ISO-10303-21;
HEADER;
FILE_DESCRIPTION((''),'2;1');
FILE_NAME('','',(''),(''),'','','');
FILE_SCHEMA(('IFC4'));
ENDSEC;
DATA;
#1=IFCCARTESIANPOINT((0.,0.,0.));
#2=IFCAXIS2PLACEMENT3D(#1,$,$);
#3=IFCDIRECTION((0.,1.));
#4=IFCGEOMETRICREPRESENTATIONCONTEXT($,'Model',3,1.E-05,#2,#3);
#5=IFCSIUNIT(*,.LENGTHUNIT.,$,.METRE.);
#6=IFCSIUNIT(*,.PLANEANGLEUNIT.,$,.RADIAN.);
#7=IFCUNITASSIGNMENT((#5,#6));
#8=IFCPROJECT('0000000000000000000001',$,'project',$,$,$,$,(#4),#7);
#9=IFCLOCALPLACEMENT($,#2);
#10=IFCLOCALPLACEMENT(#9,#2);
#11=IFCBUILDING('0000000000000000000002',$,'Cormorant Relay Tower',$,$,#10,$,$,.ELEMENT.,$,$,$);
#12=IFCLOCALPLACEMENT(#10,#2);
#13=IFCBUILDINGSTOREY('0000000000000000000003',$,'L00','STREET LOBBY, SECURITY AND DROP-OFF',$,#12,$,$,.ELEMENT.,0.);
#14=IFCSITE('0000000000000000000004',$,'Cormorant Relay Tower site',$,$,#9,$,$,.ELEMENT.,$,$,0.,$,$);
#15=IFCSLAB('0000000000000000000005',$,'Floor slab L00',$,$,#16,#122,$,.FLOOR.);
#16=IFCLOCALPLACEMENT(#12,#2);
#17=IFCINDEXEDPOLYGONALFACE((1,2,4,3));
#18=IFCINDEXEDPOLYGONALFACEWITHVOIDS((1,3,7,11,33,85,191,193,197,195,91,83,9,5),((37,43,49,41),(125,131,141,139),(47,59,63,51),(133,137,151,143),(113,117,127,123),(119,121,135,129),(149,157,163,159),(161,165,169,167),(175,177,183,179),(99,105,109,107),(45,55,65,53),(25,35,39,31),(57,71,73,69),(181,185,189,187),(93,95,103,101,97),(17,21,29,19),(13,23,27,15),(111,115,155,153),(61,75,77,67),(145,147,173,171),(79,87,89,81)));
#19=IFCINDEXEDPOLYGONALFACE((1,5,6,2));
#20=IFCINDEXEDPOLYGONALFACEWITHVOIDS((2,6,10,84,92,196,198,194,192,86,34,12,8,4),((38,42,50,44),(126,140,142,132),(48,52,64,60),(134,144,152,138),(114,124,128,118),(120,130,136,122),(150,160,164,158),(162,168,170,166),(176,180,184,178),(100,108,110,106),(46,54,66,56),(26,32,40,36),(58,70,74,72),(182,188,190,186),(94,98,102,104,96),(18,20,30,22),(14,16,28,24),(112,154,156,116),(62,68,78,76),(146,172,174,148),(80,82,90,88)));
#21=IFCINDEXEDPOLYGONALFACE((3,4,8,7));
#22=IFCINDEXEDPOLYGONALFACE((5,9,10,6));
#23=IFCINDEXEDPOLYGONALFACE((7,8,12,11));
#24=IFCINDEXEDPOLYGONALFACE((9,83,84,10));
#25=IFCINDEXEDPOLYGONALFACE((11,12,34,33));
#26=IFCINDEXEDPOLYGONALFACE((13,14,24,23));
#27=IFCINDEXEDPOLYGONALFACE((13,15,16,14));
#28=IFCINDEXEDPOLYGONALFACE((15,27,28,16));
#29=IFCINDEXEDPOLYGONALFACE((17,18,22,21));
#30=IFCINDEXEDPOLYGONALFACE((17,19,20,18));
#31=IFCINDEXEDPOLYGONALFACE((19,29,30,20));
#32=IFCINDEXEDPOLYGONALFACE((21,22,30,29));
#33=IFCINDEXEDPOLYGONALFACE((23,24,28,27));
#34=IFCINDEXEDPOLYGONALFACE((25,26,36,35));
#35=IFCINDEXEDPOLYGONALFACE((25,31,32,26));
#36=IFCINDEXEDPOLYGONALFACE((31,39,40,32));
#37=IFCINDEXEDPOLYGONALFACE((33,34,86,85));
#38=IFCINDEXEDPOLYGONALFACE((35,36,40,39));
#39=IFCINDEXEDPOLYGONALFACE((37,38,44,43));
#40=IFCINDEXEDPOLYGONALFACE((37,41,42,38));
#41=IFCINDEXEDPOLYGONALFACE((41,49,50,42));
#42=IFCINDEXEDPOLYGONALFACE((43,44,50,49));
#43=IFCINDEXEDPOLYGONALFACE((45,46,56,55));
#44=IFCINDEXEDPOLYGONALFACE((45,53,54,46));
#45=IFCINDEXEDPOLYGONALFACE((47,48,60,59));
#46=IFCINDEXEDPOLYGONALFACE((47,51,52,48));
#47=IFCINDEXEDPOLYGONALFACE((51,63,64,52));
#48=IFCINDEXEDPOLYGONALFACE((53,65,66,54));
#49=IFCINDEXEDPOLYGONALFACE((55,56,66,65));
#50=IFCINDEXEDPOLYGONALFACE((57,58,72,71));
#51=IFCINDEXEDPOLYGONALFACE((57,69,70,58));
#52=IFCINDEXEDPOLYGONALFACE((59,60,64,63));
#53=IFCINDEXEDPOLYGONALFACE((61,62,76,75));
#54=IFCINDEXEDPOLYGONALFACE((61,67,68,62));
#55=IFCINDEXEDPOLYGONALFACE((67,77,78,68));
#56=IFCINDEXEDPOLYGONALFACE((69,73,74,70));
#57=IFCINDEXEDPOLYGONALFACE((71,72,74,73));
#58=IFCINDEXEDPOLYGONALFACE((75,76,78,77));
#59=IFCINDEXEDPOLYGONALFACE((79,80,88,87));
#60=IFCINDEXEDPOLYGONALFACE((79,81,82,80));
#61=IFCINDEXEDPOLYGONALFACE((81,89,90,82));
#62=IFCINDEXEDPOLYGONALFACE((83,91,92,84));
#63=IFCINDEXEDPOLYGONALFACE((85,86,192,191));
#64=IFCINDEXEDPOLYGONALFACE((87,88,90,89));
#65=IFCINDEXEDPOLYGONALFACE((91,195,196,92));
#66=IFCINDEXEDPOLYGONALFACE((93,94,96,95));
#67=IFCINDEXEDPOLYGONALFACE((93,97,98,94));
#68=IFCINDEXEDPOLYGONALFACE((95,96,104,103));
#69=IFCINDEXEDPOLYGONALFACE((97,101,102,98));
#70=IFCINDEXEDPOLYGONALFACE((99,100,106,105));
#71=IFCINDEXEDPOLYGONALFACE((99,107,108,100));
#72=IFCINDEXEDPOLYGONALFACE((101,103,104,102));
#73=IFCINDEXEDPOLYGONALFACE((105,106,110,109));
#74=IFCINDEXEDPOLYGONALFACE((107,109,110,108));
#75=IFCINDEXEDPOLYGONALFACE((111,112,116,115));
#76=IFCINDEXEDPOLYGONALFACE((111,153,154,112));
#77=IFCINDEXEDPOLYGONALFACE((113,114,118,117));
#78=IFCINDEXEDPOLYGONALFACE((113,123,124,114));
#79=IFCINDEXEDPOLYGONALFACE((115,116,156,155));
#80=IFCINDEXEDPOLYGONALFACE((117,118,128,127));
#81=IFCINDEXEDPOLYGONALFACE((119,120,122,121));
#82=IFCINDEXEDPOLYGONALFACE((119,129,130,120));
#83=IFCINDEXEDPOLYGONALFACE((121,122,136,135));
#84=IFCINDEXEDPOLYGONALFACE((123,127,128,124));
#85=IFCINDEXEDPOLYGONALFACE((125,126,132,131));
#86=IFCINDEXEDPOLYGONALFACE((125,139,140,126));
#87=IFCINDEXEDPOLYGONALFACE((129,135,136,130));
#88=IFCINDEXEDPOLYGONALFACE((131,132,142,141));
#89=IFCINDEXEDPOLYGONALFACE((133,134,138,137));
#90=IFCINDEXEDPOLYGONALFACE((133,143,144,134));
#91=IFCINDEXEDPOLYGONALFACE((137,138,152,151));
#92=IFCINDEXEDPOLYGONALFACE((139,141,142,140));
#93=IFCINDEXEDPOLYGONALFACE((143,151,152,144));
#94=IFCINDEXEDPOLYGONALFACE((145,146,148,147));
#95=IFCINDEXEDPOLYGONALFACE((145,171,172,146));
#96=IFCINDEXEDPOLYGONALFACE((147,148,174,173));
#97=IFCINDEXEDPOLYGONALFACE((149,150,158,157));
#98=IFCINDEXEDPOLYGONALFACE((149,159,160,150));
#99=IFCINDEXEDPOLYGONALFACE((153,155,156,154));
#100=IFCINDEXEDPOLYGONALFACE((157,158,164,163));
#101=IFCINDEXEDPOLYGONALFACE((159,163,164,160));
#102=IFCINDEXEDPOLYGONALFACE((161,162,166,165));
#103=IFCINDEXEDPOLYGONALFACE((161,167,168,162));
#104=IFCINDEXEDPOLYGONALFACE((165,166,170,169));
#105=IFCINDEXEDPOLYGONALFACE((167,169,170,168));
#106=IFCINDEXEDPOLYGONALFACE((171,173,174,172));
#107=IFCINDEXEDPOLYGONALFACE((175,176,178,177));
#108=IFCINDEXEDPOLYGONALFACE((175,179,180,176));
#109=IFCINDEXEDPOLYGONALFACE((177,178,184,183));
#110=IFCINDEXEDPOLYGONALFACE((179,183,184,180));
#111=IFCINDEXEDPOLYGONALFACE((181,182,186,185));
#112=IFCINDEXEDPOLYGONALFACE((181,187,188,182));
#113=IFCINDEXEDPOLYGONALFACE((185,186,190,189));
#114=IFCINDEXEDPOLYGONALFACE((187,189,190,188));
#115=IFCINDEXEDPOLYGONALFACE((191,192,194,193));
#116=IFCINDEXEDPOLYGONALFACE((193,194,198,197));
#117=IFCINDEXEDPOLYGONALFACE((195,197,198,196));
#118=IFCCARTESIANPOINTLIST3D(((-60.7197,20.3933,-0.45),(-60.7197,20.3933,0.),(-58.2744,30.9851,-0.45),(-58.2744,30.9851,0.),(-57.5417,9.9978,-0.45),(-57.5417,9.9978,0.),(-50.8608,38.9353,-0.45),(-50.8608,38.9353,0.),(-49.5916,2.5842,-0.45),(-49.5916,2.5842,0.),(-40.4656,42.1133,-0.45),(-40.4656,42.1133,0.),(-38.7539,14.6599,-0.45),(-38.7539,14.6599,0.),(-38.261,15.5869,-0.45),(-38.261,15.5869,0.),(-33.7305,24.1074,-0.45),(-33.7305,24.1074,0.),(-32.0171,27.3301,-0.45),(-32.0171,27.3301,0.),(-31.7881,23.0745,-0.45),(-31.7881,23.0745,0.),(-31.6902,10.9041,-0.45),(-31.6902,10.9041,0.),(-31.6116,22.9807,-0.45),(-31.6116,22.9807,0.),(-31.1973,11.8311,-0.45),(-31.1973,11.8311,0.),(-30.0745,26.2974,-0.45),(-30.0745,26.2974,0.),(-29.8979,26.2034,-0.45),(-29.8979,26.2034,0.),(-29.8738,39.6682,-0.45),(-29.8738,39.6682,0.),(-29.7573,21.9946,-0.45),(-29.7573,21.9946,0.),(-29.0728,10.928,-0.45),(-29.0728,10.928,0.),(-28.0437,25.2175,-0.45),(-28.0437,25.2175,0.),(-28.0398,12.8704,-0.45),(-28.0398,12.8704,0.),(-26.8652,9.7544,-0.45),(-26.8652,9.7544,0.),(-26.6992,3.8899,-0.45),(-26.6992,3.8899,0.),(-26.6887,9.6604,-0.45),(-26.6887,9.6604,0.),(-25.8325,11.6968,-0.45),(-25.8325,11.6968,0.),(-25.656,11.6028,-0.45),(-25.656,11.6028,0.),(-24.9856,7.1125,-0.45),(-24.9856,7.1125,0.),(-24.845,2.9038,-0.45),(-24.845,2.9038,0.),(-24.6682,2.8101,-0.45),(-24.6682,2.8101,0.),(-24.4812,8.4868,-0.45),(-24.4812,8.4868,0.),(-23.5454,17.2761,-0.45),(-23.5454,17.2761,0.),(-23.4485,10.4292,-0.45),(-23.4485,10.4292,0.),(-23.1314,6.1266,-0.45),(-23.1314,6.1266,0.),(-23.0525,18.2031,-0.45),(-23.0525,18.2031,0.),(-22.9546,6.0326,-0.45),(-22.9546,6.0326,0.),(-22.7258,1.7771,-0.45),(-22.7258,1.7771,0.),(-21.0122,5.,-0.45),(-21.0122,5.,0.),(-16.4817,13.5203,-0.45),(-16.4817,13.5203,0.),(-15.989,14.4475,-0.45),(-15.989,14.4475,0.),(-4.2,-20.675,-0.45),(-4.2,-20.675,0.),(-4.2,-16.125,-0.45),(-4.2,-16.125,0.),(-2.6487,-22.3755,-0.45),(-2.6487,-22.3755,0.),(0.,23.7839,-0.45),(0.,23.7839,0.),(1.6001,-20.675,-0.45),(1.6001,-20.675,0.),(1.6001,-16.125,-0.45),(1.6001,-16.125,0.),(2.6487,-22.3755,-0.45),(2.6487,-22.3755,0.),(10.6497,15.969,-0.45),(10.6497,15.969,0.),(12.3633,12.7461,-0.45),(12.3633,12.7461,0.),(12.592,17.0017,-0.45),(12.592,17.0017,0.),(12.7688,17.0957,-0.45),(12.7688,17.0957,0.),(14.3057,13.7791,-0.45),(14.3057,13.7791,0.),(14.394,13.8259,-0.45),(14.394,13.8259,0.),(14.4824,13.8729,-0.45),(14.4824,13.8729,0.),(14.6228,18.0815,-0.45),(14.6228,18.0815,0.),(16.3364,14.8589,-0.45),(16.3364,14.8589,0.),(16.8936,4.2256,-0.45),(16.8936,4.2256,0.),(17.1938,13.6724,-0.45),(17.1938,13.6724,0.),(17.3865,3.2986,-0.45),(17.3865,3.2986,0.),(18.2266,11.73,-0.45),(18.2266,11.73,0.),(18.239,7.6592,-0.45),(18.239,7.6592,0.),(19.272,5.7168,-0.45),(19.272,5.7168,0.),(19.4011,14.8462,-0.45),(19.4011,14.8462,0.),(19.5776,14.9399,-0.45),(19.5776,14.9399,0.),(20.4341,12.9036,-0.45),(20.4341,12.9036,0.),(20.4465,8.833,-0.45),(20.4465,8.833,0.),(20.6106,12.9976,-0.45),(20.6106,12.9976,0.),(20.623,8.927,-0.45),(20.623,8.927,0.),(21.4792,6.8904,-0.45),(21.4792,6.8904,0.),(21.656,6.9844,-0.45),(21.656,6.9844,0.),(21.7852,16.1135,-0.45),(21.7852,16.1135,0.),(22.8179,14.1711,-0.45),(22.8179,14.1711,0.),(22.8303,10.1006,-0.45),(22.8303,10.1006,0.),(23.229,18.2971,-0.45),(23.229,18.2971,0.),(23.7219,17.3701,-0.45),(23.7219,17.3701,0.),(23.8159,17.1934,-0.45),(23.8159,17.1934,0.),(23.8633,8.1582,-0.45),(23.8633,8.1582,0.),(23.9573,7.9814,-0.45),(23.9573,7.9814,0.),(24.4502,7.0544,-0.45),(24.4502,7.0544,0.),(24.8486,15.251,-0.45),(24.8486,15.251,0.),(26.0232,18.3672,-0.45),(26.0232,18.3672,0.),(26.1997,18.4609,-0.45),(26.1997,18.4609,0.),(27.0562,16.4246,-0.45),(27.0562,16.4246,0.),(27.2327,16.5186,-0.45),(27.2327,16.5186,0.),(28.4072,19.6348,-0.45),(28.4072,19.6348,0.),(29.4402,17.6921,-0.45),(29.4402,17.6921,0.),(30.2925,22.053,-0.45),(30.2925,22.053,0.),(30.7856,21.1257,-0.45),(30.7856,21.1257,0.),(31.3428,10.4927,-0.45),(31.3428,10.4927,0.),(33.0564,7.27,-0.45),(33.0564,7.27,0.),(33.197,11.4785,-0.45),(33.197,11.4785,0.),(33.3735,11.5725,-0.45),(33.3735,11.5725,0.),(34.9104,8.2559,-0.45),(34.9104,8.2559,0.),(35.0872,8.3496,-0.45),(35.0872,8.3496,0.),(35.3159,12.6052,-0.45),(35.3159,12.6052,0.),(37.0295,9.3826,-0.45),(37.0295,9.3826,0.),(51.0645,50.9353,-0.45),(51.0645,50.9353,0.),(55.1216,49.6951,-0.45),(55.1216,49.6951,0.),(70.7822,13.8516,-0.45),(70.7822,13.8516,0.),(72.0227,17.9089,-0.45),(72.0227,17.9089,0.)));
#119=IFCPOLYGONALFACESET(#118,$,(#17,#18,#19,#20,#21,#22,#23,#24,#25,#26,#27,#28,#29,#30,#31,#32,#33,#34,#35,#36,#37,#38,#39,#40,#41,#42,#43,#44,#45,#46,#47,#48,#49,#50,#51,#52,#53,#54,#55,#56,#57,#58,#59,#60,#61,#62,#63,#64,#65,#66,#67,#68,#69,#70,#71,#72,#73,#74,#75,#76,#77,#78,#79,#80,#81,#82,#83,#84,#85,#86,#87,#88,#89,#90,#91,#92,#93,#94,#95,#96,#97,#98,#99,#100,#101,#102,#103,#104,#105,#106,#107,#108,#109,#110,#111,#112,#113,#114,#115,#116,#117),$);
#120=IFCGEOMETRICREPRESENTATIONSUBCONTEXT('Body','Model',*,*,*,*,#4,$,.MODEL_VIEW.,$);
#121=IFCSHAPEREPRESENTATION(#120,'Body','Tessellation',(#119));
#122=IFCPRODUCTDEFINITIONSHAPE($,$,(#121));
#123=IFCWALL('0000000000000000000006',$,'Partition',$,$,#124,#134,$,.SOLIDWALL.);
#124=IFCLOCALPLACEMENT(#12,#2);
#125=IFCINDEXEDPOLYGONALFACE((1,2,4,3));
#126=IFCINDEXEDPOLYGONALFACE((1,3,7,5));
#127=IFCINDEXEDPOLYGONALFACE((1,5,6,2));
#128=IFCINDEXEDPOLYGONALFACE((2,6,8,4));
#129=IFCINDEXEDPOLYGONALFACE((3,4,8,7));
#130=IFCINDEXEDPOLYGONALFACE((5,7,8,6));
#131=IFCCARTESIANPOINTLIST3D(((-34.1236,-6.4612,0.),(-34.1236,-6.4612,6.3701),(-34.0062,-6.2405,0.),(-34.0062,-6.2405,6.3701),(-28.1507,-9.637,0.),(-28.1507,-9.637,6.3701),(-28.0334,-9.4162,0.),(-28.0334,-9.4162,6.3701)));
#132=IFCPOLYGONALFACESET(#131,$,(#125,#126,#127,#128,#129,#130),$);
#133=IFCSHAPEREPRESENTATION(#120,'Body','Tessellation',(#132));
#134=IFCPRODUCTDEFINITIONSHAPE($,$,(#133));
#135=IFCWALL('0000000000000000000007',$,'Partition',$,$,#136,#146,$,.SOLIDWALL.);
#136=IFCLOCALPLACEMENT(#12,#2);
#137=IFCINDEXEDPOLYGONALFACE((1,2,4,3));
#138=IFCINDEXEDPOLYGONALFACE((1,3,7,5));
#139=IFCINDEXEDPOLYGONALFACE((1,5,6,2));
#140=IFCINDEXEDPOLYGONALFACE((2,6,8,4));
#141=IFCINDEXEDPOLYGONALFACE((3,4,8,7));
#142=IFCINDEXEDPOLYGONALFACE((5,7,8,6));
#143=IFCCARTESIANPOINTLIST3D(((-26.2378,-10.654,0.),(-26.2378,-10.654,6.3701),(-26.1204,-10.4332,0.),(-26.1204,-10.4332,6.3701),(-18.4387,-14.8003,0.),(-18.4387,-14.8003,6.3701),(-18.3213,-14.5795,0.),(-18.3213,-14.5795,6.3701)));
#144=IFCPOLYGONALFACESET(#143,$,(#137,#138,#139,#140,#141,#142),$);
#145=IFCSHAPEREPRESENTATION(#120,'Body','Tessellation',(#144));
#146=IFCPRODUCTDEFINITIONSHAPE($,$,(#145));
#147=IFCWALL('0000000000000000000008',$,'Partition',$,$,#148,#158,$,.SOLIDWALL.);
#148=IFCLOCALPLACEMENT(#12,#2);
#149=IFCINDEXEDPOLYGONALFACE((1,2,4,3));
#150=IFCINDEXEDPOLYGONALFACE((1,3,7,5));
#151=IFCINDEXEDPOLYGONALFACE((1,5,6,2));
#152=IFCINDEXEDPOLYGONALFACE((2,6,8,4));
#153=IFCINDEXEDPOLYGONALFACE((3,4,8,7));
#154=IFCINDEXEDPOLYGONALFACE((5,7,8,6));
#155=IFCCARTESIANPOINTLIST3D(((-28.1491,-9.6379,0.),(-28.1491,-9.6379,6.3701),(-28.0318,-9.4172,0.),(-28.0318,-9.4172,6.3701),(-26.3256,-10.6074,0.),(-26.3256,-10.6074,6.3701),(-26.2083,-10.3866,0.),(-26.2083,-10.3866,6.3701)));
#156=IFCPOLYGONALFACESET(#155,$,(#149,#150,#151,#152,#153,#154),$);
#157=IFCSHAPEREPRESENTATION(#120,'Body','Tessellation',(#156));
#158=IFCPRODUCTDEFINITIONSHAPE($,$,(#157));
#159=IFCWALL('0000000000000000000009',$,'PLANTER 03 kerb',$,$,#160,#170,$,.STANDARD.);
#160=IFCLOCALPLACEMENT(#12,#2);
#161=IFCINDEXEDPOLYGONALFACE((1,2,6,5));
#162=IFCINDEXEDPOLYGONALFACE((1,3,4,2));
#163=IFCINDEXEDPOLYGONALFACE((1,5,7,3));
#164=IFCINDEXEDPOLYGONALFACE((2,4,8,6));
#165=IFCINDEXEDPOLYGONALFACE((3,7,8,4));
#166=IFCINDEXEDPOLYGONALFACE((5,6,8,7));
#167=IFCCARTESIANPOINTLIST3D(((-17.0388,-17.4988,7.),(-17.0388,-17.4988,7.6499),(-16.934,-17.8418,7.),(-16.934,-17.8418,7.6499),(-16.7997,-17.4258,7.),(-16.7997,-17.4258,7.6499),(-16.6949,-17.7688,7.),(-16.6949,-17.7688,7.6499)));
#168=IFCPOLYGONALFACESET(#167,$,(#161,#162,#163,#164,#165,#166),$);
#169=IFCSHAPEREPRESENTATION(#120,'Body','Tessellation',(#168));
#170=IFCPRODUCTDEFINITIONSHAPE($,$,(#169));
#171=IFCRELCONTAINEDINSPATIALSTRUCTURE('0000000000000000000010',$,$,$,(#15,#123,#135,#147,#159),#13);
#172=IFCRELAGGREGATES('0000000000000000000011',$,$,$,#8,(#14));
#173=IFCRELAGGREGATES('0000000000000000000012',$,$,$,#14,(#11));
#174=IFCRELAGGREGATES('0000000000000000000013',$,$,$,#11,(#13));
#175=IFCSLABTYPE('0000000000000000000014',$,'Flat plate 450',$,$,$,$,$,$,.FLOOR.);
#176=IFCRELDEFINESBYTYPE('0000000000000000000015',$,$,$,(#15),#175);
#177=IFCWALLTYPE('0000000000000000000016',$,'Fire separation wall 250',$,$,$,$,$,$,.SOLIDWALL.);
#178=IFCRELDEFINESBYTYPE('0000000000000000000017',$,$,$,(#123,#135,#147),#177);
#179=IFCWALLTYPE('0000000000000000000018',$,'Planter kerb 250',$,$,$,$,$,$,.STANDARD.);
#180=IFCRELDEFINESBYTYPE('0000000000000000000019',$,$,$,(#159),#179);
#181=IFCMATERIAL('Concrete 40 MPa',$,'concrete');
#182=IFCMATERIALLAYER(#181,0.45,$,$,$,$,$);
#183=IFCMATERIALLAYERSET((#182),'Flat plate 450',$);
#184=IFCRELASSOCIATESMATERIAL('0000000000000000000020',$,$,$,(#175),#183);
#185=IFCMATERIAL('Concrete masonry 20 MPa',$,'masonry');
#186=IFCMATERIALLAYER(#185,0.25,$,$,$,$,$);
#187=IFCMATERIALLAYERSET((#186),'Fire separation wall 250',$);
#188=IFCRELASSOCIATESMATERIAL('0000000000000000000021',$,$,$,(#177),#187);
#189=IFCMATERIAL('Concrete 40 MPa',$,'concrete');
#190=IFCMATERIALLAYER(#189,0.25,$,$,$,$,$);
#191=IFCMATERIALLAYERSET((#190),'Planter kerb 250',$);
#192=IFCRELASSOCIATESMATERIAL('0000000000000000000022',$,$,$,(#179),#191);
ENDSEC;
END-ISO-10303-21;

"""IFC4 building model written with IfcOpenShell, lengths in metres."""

from ifc_helpers import new_model, si_unit, direction, frame, frame_2d, origin, place, context, subcontext, project, spatial, polyline, rectangle, outline, extrude, material, layer, layer_set, type_object, element, save


model = new_model("IFC4")

# Units and contexts
model_context = context("Model", 3, precision=1e-05, world=origin(), true_north=direction((0.0, 1.0)))
body_context = subcontext(model_context, "Body", "Model", "MODEL_VIEW")
ifc_project = project(units=[si_unit("LENGTHUNIT", "METRE"), si_unit("PLANEANGLEUNIT", "RADIAN")], contexts=[model_context])

# Site, building, storey
site_placement = place(None, origin())
site = spatial("IfcSite", under=ifc_project, at=site_placement, Name="Cormorant Relay Tower site", CompositionType="ELEMENT", RefElevation=0.0)
building_placement = place(site_placement, origin())
building = spatial("IfcBuilding", under=site, at=building_placement, Name="Cormorant Relay Tower", CompositionType="ELEMENT")
storey_placement = place(building_placement, origin())
storey = spatial("IfcBuildingStorey", under=building, at=storey_placement, Name="L00", Description="STREET LOBBY, SECURITY AND DROP-OFF", CompositionType="ELEMENT", Elevation=0.0)

# Slab
ifc_material_1 = material(Name="Concrete 40 MPa", Category="concrete")
ifc_layer_1 = layer(ifc_material_1, 0.45)
ifc_layer_set_1 = layer_set([ifc_layer_1], Name="Flat plate 450")
slab_type_1 = type_object("IfcSlabType", Name="Flat plate 450", PredefinedType="FLOOR", material=ifc_layer_set_1)
slab_1_placement = place(storey_placement, frame((0.0, 0.0, -0.45)))
element("IfcSlab", 1, at=slab_1_placement, inside=storey, type_object=slab_type_1, Name="Floor slab L00", PredefinedType="FLOOR", context=body_context, shape_type="SweptSolid", body=[
    extrude(outline(polyline([(-57.5417, 9.9978), (-60.7197, 20.3933), (-58.2744, 30.9851), (-50.8608, 38.9353), (-40.4656, 42.1133), (-29.8738, 39.6682), (0.0, 23.7839), (51.0645, 50.9353), (55.1216, 49.6951), (72.0227, 17.9089), (70.7822, 13.8516), (2.6487, -22.3755), (-2.6487, -22.3755), (-49.5916, 2.5842), (-57.5417, 9.9978)]), holes=[polyline([(-4.2, -16.125), (-4.2, -20.675), (1.6001, -20.675), (1.6001, -16.125), (-4.2, -16.125)]), polyline([(-22.9546, 6.0327), (-24.6682, 2.8101), (-22.7258, 1.7771), (-21.0122, 5.0), (-23.043, 6.0796), (-22.9546, 6.0327)]), polyline([(-24.9856, 7.1125), (-26.6992, 3.8899), (-24.845, 2.9038), (-23.1313, 6.1267), (-23.043, 6.0796), (-24.9856, 7.1125)]), polyline([(-25.656, 11.6028), (-26.6887, 9.6604), (-24.4812, 8.4868), (-23.4485, 10.4292), (-25.656, 11.6028)]), polyline([(-29.0728, 10.928), (-26.8652, 9.7544), (-25.8325, 11.6968), (-28.0398, 12.8704), (-29.0728, 10.928)]), polyline([(-38.7539, 14.6599), (-31.6902, 10.9041), (-31.1973, 11.8311), (-38.261, 15.5869), (-38.7539, 14.6599)]), polyline([(14.3057, 13.7791), (12.592, 17.0017), (10.6497, 15.969), (12.3633, 12.7461), (14.394, 13.8259), (14.3057, 13.7791)]), polyline([(16.3364, 14.8589), (14.6228, 18.0815), (12.7688, 17.0957), (14.4824, 13.8728), (14.394, 13.8259), (16.3364, 14.8589)]), polyline([(-16.4817, 13.5203), (-15.989, 14.4475), (-23.0525, 18.2031), (-23.5454, 17.2761), (-16.4817, 13.5203)]), polyline([(-29.7573, 21.9946), (-28.0437, 25.2175), (-29.8979, 26.2034), (-31.6116, 22.9807), (-29.7573, 21.9946)]), polyline([(-32.0171, 27.3301), (-33.7305, 24.1074), (-31.7881, 23.0745), (-30.0745, 26.2974), (-32.0171, 27.3301)]), polyline([(16.8936, 4.2256), (17.3865, 3.2986), (24.4502, 7.0544), (23.9573, 7.9814), (16.8936, 4.2256)]), polyline([(20.4465, 8.833), (18.239, 7.6592), (19.272, 5.7168), (21.4792, 6.8904), (20.4465, 8.833)]), polyline([(20.623, 8.927), (21.656, 6.9844), (23.8633, 8.1582), (22.8303, 10.1006), (20.623, 8.927)]), polyline([(33.197, 11.4785), (31.3428, 10.4927), (33.0564, 7.27), (34.9104, 8.2559), (33.197, 11.4785)]), polyline([(33.3735, 11.5725), (35.0872, 8.3496), (37.0295, 9.3826), (35.3159, 12.6052), (33.3735, 11.5725)]), polyline([(19.4011, 14.8462), (17.1938, 13.6724), (18.2266, 11.73), (20.4341, 12.9036), (19.4011, 14.8462)]), polyline([(21.7852, 16.1135), (19.5776, 14.9399), (20.6106, 12.9976), (22.8179, 14.1711), (21.7852, 16.1135)]), polyline([(23.8159, 17.1934), (24.8486, 15.251), (27.0562, 16.4246), (26.0232, 18.3672), (23.8159, 17.1934)]), polyline([(29.4402, 17.6921), (28.4072, 19.6348), (26.1997, 18.4609), (27.2327, 16.5186), (29.4402, 17.6921)]), polyline([(30.7856, 21.1257), (30.2925, 22.053), (23.229, 18.2971), (23.7219, 17.3701), (30.7856, 21.1257)])]), origin(), (0.0, 0.0, 1.0), 0.45),
])

# Walls
ifc_material_2 = material(Name="Concrete masonry 20 MPa", Category="masonry")
ifc_layer_2 = layer(ifc_material_2, 0.25)
ifc_layer_set_2 = layer_set([ifc_layer_2], Name="Fire separation wall 250")
wall_type_1 = type_object("IfcWallType", Name="Fire separation wall 250", PredefinedType="SOLIDWALL", material=ifc_layer_set_2)
wall_1_placement = place(storey_placement, frame((-28.092, -9.5266, 0.0), z_axis=(0.0, 0.0, 1.0), x_axis=(-0.882952, 0.469464, 0.0)))
element("IfcWall", 2, at=wall_1_placement, inside=storey, type_object=wall_type_1, Name="Partition", PredefinedType="SOLIDWALL", context=body_context, shape_type="SweptSolid", body=[
    extrude(rectangle(XDim=6.7646, YDim=0.25, at=frame_2d((3.3823, 0.0))), origin(), (0.0, 0.0, 1.0), 6.3701),
])
wall_2_placement = place(storey_placement, frame((-18.3799, -14.6899, 0.0), z_axis=(0.0, 0.0, 1.0), x_axis=(-0.882976, 0.469419, 0.0)))
element("IfcWall", 3, at=wall_2_placement, inside=storey, type_object=wall_type_1, Name="Partition", PredefinedType="SOLIDWALL", context=body_context, shape_type="SweptSolid", body=[
    extrude(rectangle(XDim=8.8328, YDim=0.25, at=frame_2d((4.4165, 0.0))), origin(), (0.0, 0.0, 1.0), 6.3701),
])
wall_3_placement = place(storey_placement, frame((-26.2668, -10.4971, 0.0), z_axis=(0.0, 0.0, 1.0), x_axis=(-0.882964, 0.46944, 0.0)))
element("IfcWall", 4, at=wall_3_placement, inside=storey, type_object=wall_type_1, Name="Partition", PredefinedType="SOLIDWALL", context=body_context, shape_type="SweptSolid", body=[
    extrude(rectangle(XDim=2.0652, YDim=0.25, at=frame_2d((1.0327, 0.0))), origin(), (0.0, 0.0, 1.0), 6.3701),
])
ifc_material_3 = material(Name="Concrete 40 MPa", Category="concrete")
ifc_layer_3 = layer(ifc_material_3, 0.25)
ifc_layer_set_3 = layer_set([ifc_layer_3], Name="Planter kerb 250")
wall_type_2 = type_object("IfcWallType", Name="Planter kerb 250", PredefinedType="STANDARD", material=ifc_layer_set_3)
wall_4_placement = place(storey_placement, frame((-16.9192, -17.4624, 7.0), z_axis=(0.0, 0.0, 1.0), x_axis=(0.292028, -0.95641, 0.0)))
element("IfcWall", 5, at=wall_4_placement, inside=storey, type_object=wall_type_2, Name="PLANTER 03 kerb", PredefinedType="STANDARD", context=body_context, shape_type="SweptSolid", body=[
    extrude(rectangle(XDim=0.3586, YDim=0.25, at=frame_2d((0.1792, 0.0))), origin(), (0.0, 0.0, 1.0), 0.6499),
])

save(model, "model.ifc")
